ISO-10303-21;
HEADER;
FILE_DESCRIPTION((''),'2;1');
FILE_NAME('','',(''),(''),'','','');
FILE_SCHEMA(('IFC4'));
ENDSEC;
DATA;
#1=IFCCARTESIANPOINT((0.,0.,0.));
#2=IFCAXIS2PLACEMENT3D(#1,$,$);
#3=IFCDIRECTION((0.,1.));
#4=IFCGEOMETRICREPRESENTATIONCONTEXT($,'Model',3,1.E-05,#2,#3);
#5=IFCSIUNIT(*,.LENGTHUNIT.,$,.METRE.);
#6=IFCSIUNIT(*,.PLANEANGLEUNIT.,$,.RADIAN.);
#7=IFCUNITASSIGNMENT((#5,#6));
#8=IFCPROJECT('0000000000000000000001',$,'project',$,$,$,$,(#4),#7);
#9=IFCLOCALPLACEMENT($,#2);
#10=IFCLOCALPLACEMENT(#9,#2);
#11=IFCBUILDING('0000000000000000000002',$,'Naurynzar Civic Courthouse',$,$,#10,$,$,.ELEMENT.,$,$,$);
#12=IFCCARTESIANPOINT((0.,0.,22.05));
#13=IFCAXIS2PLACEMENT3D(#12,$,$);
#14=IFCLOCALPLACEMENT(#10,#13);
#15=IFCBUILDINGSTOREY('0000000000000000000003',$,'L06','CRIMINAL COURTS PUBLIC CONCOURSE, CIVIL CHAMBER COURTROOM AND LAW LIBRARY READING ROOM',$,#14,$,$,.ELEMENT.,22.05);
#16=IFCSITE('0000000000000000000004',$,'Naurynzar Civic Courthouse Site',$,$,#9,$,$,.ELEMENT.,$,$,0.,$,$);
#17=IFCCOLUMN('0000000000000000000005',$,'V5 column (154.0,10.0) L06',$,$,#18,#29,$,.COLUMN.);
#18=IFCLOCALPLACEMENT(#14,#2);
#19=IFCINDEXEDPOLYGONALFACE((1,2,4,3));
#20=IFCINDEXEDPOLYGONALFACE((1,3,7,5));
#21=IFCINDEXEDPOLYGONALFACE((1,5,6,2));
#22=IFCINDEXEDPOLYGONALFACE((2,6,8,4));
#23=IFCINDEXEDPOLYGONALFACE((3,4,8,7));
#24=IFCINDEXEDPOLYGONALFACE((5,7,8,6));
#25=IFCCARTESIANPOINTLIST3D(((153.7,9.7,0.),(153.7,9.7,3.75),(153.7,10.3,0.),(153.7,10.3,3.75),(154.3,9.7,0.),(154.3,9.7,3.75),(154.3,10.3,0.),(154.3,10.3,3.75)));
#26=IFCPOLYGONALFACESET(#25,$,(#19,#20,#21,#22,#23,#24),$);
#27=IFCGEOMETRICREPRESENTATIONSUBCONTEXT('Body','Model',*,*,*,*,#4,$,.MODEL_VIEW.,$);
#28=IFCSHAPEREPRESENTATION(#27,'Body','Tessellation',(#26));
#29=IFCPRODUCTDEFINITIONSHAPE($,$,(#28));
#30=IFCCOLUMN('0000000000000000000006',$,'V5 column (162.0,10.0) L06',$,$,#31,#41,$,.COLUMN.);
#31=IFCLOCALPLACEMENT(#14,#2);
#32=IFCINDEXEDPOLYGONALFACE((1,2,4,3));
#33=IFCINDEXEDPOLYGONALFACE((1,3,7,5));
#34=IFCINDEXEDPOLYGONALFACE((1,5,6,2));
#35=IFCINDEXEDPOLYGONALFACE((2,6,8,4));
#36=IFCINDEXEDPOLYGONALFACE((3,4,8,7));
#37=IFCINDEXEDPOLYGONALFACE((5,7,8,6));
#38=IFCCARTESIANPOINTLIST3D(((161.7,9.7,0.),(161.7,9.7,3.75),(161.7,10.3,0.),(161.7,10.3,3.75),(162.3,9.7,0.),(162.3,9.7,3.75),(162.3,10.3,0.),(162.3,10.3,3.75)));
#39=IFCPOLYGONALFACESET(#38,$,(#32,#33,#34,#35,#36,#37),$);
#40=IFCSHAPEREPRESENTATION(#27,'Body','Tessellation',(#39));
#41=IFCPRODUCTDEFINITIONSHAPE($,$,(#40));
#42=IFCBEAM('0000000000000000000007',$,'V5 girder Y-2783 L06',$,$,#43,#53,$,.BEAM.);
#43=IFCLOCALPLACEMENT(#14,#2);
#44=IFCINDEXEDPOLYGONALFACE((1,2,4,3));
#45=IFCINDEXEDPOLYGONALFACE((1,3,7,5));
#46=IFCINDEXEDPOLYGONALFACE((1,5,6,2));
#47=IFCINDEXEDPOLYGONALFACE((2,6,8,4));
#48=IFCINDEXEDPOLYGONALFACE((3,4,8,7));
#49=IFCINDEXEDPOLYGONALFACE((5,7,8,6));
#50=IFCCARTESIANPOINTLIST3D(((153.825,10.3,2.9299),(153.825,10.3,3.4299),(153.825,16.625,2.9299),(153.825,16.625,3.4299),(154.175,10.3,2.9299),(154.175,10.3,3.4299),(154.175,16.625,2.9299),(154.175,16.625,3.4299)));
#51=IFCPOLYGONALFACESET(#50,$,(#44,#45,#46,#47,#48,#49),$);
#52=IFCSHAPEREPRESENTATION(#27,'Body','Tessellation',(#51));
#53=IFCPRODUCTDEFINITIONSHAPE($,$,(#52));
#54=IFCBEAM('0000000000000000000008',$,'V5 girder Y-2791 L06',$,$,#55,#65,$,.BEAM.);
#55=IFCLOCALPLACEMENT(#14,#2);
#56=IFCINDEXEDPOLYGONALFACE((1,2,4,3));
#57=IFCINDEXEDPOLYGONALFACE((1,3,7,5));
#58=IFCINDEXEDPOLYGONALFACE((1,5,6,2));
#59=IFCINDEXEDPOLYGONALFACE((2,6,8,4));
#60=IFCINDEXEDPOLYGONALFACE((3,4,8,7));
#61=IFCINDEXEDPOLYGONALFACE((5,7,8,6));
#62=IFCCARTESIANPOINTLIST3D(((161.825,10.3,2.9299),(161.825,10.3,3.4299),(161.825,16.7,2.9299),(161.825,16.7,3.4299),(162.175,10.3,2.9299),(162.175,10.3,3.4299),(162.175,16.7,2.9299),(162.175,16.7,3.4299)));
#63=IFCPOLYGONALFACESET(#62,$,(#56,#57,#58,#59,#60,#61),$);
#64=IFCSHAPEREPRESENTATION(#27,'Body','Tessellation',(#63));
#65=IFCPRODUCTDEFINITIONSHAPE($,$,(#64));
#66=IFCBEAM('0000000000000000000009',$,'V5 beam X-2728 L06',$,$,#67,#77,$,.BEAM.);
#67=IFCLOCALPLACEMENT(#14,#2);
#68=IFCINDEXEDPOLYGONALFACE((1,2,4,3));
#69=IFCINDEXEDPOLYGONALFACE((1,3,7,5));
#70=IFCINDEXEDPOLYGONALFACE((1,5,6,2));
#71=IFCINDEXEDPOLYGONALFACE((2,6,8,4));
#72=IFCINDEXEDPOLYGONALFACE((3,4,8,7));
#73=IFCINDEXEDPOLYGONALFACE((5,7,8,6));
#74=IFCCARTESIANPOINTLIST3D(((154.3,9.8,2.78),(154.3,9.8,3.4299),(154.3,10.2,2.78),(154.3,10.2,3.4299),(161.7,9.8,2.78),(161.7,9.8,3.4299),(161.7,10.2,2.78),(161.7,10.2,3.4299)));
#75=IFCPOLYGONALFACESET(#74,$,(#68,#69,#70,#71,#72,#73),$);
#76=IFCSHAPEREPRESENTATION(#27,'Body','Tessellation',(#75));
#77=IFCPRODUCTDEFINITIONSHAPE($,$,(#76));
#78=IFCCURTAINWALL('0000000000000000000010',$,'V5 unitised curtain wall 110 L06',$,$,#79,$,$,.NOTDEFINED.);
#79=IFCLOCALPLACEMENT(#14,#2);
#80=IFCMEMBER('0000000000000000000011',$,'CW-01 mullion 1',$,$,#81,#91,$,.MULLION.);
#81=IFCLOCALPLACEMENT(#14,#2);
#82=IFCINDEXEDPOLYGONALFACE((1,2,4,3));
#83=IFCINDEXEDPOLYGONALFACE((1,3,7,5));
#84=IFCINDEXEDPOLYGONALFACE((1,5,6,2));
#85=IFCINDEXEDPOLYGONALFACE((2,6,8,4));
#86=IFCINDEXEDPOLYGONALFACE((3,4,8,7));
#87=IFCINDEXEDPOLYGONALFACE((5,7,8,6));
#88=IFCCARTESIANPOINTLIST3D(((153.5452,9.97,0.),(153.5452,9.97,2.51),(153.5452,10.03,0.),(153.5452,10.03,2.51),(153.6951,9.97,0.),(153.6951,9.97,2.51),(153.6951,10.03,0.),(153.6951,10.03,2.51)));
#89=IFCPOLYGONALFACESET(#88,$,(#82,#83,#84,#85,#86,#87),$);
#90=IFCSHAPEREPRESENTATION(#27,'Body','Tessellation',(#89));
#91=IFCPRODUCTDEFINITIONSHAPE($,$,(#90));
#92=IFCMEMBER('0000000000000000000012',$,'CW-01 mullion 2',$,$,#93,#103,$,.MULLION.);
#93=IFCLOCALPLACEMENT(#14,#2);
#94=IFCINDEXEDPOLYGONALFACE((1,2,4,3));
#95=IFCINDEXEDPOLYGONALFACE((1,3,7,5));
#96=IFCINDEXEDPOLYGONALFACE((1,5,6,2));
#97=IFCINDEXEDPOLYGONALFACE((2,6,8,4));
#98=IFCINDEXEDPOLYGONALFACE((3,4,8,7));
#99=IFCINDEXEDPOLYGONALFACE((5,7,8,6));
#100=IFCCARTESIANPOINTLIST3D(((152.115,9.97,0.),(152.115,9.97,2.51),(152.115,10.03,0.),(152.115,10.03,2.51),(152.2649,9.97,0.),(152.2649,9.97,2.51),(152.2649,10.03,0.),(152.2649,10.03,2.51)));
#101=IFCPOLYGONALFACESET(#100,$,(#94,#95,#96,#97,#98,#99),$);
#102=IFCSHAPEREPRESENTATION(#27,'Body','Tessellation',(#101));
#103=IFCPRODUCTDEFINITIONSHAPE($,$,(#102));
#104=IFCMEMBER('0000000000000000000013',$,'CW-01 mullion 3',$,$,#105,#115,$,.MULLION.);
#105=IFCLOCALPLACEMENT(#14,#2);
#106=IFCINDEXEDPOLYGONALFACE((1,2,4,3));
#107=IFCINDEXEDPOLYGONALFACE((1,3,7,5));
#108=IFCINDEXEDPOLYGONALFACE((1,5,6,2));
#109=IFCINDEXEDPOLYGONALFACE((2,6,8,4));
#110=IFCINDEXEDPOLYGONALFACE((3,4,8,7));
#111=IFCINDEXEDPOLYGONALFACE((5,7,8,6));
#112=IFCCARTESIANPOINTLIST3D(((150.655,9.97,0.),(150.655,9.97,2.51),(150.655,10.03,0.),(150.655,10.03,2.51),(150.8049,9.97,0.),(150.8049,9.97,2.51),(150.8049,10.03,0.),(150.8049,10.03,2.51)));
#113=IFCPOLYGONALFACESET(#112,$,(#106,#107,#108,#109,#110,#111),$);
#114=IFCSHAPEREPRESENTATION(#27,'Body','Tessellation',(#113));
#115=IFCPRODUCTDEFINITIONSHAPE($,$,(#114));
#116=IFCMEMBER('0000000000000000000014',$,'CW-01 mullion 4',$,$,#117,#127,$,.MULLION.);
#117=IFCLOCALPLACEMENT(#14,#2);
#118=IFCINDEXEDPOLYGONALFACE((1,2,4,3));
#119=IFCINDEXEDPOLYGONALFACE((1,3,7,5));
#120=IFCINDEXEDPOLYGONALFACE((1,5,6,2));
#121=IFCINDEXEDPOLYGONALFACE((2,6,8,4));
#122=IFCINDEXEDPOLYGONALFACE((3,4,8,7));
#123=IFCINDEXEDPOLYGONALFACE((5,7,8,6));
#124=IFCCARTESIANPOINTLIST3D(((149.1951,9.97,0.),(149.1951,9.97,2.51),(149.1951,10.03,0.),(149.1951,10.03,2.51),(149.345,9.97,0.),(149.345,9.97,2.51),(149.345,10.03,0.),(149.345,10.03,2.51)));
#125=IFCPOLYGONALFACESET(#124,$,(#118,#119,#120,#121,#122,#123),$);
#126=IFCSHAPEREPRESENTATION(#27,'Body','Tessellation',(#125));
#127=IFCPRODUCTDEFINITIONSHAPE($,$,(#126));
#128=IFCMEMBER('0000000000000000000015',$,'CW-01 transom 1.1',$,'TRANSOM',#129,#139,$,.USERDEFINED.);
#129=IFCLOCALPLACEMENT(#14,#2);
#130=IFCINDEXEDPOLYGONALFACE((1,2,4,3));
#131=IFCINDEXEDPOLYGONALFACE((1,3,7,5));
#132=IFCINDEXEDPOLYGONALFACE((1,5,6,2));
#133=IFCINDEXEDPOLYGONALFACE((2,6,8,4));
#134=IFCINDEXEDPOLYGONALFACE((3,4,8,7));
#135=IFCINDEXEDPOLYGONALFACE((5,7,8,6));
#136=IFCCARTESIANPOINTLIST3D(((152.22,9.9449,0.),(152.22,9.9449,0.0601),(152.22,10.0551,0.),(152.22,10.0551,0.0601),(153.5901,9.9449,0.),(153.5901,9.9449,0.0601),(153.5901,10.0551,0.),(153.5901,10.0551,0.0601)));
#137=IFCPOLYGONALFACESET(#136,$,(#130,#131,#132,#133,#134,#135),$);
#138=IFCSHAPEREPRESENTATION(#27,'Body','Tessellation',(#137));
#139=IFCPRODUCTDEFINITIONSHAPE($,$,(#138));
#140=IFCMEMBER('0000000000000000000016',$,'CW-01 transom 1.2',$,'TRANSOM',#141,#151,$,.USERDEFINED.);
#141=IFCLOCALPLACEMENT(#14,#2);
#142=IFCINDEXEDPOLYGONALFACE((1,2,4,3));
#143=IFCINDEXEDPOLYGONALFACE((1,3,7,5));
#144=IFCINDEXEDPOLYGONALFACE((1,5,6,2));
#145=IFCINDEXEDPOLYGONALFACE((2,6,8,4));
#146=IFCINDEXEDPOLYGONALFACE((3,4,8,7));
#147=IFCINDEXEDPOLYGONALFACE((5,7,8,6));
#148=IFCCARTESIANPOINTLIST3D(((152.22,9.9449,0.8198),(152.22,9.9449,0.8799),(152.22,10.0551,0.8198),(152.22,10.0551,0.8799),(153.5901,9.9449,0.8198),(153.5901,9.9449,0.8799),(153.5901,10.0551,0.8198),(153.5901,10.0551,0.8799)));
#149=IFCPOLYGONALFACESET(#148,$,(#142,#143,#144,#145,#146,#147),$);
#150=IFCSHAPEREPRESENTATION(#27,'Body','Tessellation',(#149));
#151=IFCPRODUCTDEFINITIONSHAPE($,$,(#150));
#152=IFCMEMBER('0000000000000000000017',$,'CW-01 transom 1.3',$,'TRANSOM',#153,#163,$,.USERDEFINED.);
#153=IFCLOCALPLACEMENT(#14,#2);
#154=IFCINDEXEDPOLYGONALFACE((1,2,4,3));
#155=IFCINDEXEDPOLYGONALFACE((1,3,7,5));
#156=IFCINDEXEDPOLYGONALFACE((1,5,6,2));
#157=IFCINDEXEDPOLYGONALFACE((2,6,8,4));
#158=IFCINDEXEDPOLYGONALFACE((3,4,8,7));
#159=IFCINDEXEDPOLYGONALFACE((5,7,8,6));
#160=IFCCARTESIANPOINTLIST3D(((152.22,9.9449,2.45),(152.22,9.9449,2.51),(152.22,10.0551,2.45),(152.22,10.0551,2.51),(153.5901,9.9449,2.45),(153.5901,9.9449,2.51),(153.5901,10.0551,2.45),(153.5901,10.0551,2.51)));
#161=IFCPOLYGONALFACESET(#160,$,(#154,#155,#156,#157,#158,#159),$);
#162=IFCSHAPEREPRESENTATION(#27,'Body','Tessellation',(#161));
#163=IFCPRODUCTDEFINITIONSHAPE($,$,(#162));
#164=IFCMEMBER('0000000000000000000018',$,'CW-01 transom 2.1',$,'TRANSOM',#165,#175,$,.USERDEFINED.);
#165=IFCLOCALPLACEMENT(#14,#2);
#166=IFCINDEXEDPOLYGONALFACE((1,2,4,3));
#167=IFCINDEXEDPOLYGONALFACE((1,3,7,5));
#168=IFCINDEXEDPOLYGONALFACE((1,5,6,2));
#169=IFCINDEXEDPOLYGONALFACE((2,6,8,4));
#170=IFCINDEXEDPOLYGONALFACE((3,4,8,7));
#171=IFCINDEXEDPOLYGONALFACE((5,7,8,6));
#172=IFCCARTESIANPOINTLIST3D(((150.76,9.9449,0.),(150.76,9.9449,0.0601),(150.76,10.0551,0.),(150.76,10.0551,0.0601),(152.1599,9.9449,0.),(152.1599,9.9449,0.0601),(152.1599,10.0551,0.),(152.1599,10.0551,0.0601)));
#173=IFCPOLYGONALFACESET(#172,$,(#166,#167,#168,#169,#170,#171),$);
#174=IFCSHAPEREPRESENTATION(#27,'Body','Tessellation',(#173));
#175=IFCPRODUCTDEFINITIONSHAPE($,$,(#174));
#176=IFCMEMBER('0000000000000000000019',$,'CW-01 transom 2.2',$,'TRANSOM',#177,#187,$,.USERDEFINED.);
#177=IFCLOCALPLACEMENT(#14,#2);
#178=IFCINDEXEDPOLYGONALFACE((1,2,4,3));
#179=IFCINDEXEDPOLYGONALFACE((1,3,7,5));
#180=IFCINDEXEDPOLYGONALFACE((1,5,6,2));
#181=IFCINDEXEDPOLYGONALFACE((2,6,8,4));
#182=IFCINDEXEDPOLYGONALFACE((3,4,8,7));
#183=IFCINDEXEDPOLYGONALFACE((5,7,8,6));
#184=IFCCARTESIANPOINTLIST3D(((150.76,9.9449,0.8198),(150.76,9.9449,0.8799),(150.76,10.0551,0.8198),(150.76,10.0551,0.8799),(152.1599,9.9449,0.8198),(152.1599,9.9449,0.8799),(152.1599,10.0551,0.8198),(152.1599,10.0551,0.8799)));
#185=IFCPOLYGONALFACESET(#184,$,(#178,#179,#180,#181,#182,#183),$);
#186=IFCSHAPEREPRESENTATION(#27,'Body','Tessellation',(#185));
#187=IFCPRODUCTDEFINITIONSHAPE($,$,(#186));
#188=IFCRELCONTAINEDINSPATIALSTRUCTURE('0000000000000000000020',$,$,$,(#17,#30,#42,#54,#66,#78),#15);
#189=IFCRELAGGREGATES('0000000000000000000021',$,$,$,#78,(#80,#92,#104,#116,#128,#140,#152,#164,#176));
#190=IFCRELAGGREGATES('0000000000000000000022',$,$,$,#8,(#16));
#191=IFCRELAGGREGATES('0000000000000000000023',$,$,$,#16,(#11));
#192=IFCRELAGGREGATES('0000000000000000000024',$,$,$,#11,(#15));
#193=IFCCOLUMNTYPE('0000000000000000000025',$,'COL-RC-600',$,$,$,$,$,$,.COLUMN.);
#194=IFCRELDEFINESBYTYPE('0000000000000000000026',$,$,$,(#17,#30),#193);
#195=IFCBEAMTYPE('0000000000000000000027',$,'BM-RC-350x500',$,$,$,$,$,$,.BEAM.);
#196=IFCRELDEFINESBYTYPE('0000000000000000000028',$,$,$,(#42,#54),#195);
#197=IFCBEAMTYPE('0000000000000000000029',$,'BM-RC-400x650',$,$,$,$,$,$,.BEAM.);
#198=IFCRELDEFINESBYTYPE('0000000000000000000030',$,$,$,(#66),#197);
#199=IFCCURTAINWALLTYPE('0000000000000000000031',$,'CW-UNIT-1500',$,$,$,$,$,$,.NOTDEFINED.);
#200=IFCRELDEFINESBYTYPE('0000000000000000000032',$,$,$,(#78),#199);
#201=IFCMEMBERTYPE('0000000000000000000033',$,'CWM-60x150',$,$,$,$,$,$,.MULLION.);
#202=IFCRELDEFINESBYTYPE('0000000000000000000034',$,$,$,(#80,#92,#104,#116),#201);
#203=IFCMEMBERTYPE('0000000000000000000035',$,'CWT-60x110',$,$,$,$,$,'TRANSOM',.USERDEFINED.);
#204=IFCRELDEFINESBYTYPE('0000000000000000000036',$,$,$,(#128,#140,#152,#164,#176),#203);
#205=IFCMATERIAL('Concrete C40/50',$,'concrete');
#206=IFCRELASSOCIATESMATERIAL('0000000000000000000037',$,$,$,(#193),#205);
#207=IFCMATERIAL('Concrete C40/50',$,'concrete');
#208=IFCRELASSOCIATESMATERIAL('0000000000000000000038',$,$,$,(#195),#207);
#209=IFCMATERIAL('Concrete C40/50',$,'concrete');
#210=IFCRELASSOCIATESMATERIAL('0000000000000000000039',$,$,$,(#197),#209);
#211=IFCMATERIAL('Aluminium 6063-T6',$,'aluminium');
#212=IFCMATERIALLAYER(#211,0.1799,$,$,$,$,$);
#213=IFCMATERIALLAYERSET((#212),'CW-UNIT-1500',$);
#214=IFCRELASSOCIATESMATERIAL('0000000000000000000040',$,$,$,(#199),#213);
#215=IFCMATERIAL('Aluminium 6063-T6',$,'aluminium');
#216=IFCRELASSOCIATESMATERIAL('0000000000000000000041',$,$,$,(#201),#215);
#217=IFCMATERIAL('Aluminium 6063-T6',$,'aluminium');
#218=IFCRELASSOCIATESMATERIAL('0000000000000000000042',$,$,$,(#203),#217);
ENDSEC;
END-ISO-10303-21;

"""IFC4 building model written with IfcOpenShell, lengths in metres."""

from ifc_helpers import new_model, si_unit, direction, frame, origin, origin_2d, place, context, subcontext, project, spatial, rectangle, extrude, material, layer, layer_set, material_profile, profile_set, type_object, element, aggregate, save


model = new_model("IFC4")

# Units and contexts
model_context = context("Model", 3, precision=1e-05, world=origin(), true_north=direction((0.0, 1.0)))
body_context = subcontext(model_context, "Body", "Model", "MODEL_VIEW")
ifc_project = project(units=[si_unit("LENGTHUNIT", "METRE"), si_unit("PLANEANGLEUNIT", "RADIAN")], contexts=[model_context])

# Site, building, storey
site_placement = place(None, origin())
site = spatial("IfcSite", under=ifc_project, at=site_placement, Name="Naurynzar Civic Courthouse Site", CompositionType="ELEMENT", RefElevation=0.0)
building_placement = place(site_placement, origin())
building = spatial("IfcBuilding", under=site, at=building_placement, Name="Naurynzar Civic Courthouse", CompositionType="ELEMENT")
storey_placement = place(building_placement, frame((0.0, 0.0, 22.05)))
storey = spatial("IfcBuildingStorey", under=building, at=storey_placement, Name="L06", Description="CRIMINAL COURTS PUBLIC CONCOURSE, CIVIL CHAMBER COURTROOM AND LAW LIBRARY READING ROOM", CompositionType="ELEMENT", Elevation=22.05)

# Columns
ifc_material_1 = material(Name="Concrete C40/50", Category="concrete")
ifc_material_profile_1 = material_profile(ifc_material_1, rectangle(XDim=0.6001, YDim=0.6001, at=origin_2d()), Name="RC 600x600")
ifc_profile_set_1 = profile_set([ifc_material_profile_1], Name="Concrete C40/50")
column_type = type_object("IfcColumnType", Name="COL-RC-600", PredefinedType="COLUMN", material=ifc_profile_set_1)
for number, where, z_axis, x_axis, name in (
    (1, (154.0, 10.0, 0.0), (0.0, 0.0, 1.0), (1.0, 0.0, 0.0), "V5 column (154.0,10.0) L06"),
    (2, (162.0, 10.0, 0.0), (0.0, 0.0, 1.0), (1.0, 0.0, 0.0), "V5 column (162.0,10.0) L06"),
):
    element("IfcColumn", number, at=place(storey_placement, frame(where, z_axis=z_axis, x_axis=x_axis)), inside=storey, type_object=column_type, Name=name, PredefinedType="COLUMN", context=body_context, shape_type="SweptSolid", body=[
        extrude(rectangle(XDim=0.6001, YDim=0.6001, at=origin_2d()), origin(), (0.0, 0.0, 1.0), 3.75),
    ])

# Beams
ifc_material_2 = material(Name="Concrete C40/50", Category="concrete")
ifc_material_profile_2 = material_profile(ifc_material_2, rectangle(XDim=0.3501, YDim=0.5, at=origin_2d()), Name="RCB 350x500")
ifc_profile_set_2 = profile_set([ifc_material_profile_2], Name="Concrete C40/50")
beam_type_1 = type_object("IfcBeamType", Name="BM-RC-350x500", PredefinedType="BEAM", material=ifc_profile_set_2)
beam_1_placement = place(storey_placement, frame((154.0, 10.3, 3.1799), z_axis=(0.0, 1.0, 0.0), x_axis=(-1.0, 0.0, 0.0)))
element("IfcBeam", 3, at=beam_1_placement, inside=storey, type_object=beam_type_1, Name="V5 girder Y-2783 L06", PredefinedType="BEAM", context=body_context, shape_type="SweptSolid", body=[
    extrude(rectangle(XDim=0.3501, YDim=0.5, at=origin_2d()), origin(), (0.0, 0.0, 1.0), 6.325),
])
beam_2_placement = place(storey_placement, frame((162.0, 10.3, 3.1799), z_axis=(0.0, 1.0, 0.0), x_axis=(-1.0, 0.0, 0.0)))
element("IfcBeam", 4, at=beam_2_placement, inside=storey, type_object=beam_type_1, Name="V5 girder Y-2791 L06", PredefinedType="BEAM", context=body_context, shape_type="SweptSolid", body=[
    extrude(rectangle(XDim=0.3501, YDim=0.5, at=origin_2d()), origin(), (0.0, 0.0, 1.0), 6.3999),
])
ifc_material_3 = material(Name="Concrete C40/50", Category="concrete")
ifc_material_profile_3 = material_profile(ifc_material_3, rectangle(XDim=0.3999, YDim=0.6499, at=origin_2d()), Name="RCB 400x650")
ifc_profile_set_3 = profile_set([ifc_material_profile_3], Name="Concrete C40/50")
beam_type_2 = type_object("IfcBeamType", Name="BM-RC-400x650", PredefinedType="BEAM", material=ifc_profile_set_3)
beam_3_placement = place(storey_placement, frame((154.3, 10.0, 3.105), z_axis=(1.0, 0.0, 0.0), x_axis=(0.0, 1.0, 0.0)))
element("IfcBeam", 5, at=beam_3_placement, inside=storey, type_object=beam_type_2, Name="V5 beam X-2728 L06", PredefinedType="BEAM", context=body_context, shape_type="SweptSolid", body=[
    extrude(rectangle(XDim=0.3999, YDim=0.6499, at=origin_2d()), origin(), (0.0, 0.0, 1.0), 7.3999),
])

# Curtain wall, members
ifc_material_4 = material(Name="Aluminium 6063-T6", Category="aluminium")
ifc_layer_1 = layer(ifc_material_4, 0.1799)
ifc_layer_set_1 = layer_set([ifc_layer_1], Name="CW-UNIT-1500")
curtain_wall_type = type_object("IfcCurtainWallType", Name="CW-UNIT-1500", PredefinedType="NOTDEFINED", material=ifc_layer_set_1)
curtain_wall_placement = place(storey_placement, origin())
curtain_wall = element("IfcCurtainWall", 6, at=curtain_wall_placement, inside=storey, type_object=curtain_wall_type, Name="V5 unitised curtain wall 110 L06", PredefinedType="NOTDEFINED")
ifc_material_5 = material(Name="Aluminium 6063-T6", Category="aluminium")
ifc_material_profile_4 = material_profile(ifc_material_5, rectangle(XDim=0.0601, YDim=0.1499, at=origin_2d()), Name="ALU MULLION 60x150")
ifc_profile_set_4 = profile_set([ifc_material_profile_4], Name="Aluminium 6063-T6")
member_type_1 = type_object("IfcMemberType", Name="CWM-60x150", PredefinedType="MULLION", material=ifc_profile_set_4)
member_1_placement = place(storey_placement, frame((153.6201, 10.0, 0.0), z_axis=(0.0, 0.0, 1.0), x_axis=(0.0, -1.0, 0.0)))
member_1 = element("IfcMember", 7, at=member_1_placement, type_object=member_type_1, Name="CW-01 mullion 1", PredefinedType="MULLION", context=body_context, shape_type="SweptSolid", body=[
    extrude(rectangle(XDim=0.0601, YDim=0.1499, at=origin_2d()), origin(), (0.0, 0.0, 1.0), 2.51),
])
member_2_placement = place(storey_placement, frame((152.1899, 10.0, 0.0), z_axis=(0.0, 0.0, 1.0), x_axis=(0.0, -1.0, 0.0)))
member_2 = element("IfcMember", 8, at=member_2_placement, type_object=member_type_1, Name="CW-01 mullion 2", PredefinedType="MULLION", context=body_context, shape_type="SweptSolid", body=[
    extrude(rectangle(XDim=0.0601, YDim=0.1499, at=origin_2d()), origin(), (0.0, 0.0, 1.0), 2.51),
])
member_3_placement = place(storey_placement, frame((150.73, 10.0, 0.0), z_axis=(0.0, 0.0, 1.0), x_axis=(0.0, -1.0, 0.0)))
member_3 = element("IfcMember", 9, at=member_3_placement, type_object=member_type_1, Name="CW-01 mullion 3", PredefinedType="MULLION", context=body_context, shape_type="SweptSolid", body=[
    extrude(rectangle(XDim=0.0601, YDim=0.1499, at=origin_2d()), origin(), (0.0, 0.0, 1.0), 2.51),
])
member_4_placement = place(storey_placement, frame((149.27, 10.0, 0.0), z_axis=(0.0, 0.0, 1.0), x_axis=(0.0, -1.0, 0.0)))
member_4 = element("IfcMember", 10, at=member_4_placement, type_object=member_type_1, Name="CW-01 mullion 4", PredefinedType="MULLION", context=body_context, shape_type="SweptSolid", body=[
    extrude(rectangle(XDim=0.0601, YDim=0.1499, at=origin_2d()), origin(), (0.0, 0.0, 1.0), 2.51),
])
ifc_material_6 = material(Name="Aluminium 6063-T6", Category="aluminium")
ifc_material_profile_5 = material_profile(ifc_material_6, rectangle(XDim=0.1101, YDim=0.0601, at=origin_2d()), Name="ALU TRANSOM 60x110")
ifc_profile_set_5 = profile_set([ifc_material_profile_5], Name="Aluminium 6063-T6")
member_type_2 = type_object("IfcMemberType", Name="CWT-60x110", ElementType="TRANSOM", PredefinedType="USERDEFINED", material=ifc_profile_set_5)
member_5_placement = place(storey_placement, frame((153.5901, 10.0, 0.03), z_axis=(-1.0, 0.0, 0.0), x_axis=(0.0, -1.0, 0.0)))
member_5 = element("IfcMember", 11, at=member_5_placement, type_object=member_type_2, Name="CW-01 transom 1.1", ObjectType="TRANSOM", PredefinedType="USERDEFINED", context=body_context, shape_type="SweptSolid", body=[
    extrude(rectangle(XDim=0.1101, YDim=0.0601, at=origin_2d()), origin(), (0.0, 0.0, 1.0), 1.3701),
])
member_6_placement = place(storey_placement, frame((153.5901, 10.0, 0.8499), z_axis=(-1.0, 0.0, 0.0), x_axis=(0.0, -1.0, 0.0)))
member_6 = element("IfcMember", 12, at=member_6_placement, type_object=member_type_2, Name="CW-01 transom 1.2", ObjectType="TRANSOM", PredefinedType="USERDEFINED", context=body_context, shape_type="SweptSolid", body=[
    extrude(rectangle(XDim=0.1101, YDim=0.0601, at=origin_2d()), origin(), (0.0, 0.0, 1.0), 1.3701),
])
member_7_placement = place(storey_placement, frame((153.5901, 10.0, 2.48), z_axis=(-1.0, 0.0, 0.0), x_axis=(0.0, -1.0, 0.0)))
member_7 = element("IfcMember", 13, at=member_7_placement, type_object=member_type_2, Name="CW-01 transom 1.3", ObjectType="TRANSOM", PredefinedType="USERDEFINED", context=body_context, shape_type="SweptSolid", body=[
    extrude(rectangle(XDim=0.1101, YDim=0.0601, at=origin_2d()), origin(), (0.0, 0.0, 1.0), 1.3701),
])
member_8_placement = place(storey_placement, frame((152.1599, 10.0, 0.03), z_axis=(-1.0, 0.0, 0.0), x_axis=(0.0, -1.0, 0.0)))
member_8 = element("IfcMember", 14, at=member_8_placement, type_object=member_type_2, Name="CW-01 transom 2.1", ObjectType="TRANSOM", PredefinedType="USERDEFINED", context=body_context, shape_type="SweptSolid", body=[
    extrude(rectangle(XDim=0.1101, YDim=0.0601, at=origin_2d()), origin(), (0.0, 0.0, 1.0), 1.3999),
])
member_9_placement = place(storey_placement, frame((152.1599, 10.0, 0.8499), z_axis=(-1.0, 0.0, 0.0), x_axis=(0.0, -1.0, 0.0)))
member_9 = element("IfcMember", 15, at=member_9_placement, type_object=member_type_2, Name="CW-01 transom 2.2", ObjectType="TRANSOM", PredefinedType="USERDEFINED", context=body_context, shape_type="SweptSolid", body=[
    extrude(rectangle(XDim=0.1101, YDim=0.0601, at=origin_2d()), origin(), (0.0, 0.0, 1.0), 1.3999),
])
aggregate(curtain_wall, [member_1, member_2, member_3, member_4, member_5, member_6, member_7, member_8, member_9])

save(model, "model.ifc")
